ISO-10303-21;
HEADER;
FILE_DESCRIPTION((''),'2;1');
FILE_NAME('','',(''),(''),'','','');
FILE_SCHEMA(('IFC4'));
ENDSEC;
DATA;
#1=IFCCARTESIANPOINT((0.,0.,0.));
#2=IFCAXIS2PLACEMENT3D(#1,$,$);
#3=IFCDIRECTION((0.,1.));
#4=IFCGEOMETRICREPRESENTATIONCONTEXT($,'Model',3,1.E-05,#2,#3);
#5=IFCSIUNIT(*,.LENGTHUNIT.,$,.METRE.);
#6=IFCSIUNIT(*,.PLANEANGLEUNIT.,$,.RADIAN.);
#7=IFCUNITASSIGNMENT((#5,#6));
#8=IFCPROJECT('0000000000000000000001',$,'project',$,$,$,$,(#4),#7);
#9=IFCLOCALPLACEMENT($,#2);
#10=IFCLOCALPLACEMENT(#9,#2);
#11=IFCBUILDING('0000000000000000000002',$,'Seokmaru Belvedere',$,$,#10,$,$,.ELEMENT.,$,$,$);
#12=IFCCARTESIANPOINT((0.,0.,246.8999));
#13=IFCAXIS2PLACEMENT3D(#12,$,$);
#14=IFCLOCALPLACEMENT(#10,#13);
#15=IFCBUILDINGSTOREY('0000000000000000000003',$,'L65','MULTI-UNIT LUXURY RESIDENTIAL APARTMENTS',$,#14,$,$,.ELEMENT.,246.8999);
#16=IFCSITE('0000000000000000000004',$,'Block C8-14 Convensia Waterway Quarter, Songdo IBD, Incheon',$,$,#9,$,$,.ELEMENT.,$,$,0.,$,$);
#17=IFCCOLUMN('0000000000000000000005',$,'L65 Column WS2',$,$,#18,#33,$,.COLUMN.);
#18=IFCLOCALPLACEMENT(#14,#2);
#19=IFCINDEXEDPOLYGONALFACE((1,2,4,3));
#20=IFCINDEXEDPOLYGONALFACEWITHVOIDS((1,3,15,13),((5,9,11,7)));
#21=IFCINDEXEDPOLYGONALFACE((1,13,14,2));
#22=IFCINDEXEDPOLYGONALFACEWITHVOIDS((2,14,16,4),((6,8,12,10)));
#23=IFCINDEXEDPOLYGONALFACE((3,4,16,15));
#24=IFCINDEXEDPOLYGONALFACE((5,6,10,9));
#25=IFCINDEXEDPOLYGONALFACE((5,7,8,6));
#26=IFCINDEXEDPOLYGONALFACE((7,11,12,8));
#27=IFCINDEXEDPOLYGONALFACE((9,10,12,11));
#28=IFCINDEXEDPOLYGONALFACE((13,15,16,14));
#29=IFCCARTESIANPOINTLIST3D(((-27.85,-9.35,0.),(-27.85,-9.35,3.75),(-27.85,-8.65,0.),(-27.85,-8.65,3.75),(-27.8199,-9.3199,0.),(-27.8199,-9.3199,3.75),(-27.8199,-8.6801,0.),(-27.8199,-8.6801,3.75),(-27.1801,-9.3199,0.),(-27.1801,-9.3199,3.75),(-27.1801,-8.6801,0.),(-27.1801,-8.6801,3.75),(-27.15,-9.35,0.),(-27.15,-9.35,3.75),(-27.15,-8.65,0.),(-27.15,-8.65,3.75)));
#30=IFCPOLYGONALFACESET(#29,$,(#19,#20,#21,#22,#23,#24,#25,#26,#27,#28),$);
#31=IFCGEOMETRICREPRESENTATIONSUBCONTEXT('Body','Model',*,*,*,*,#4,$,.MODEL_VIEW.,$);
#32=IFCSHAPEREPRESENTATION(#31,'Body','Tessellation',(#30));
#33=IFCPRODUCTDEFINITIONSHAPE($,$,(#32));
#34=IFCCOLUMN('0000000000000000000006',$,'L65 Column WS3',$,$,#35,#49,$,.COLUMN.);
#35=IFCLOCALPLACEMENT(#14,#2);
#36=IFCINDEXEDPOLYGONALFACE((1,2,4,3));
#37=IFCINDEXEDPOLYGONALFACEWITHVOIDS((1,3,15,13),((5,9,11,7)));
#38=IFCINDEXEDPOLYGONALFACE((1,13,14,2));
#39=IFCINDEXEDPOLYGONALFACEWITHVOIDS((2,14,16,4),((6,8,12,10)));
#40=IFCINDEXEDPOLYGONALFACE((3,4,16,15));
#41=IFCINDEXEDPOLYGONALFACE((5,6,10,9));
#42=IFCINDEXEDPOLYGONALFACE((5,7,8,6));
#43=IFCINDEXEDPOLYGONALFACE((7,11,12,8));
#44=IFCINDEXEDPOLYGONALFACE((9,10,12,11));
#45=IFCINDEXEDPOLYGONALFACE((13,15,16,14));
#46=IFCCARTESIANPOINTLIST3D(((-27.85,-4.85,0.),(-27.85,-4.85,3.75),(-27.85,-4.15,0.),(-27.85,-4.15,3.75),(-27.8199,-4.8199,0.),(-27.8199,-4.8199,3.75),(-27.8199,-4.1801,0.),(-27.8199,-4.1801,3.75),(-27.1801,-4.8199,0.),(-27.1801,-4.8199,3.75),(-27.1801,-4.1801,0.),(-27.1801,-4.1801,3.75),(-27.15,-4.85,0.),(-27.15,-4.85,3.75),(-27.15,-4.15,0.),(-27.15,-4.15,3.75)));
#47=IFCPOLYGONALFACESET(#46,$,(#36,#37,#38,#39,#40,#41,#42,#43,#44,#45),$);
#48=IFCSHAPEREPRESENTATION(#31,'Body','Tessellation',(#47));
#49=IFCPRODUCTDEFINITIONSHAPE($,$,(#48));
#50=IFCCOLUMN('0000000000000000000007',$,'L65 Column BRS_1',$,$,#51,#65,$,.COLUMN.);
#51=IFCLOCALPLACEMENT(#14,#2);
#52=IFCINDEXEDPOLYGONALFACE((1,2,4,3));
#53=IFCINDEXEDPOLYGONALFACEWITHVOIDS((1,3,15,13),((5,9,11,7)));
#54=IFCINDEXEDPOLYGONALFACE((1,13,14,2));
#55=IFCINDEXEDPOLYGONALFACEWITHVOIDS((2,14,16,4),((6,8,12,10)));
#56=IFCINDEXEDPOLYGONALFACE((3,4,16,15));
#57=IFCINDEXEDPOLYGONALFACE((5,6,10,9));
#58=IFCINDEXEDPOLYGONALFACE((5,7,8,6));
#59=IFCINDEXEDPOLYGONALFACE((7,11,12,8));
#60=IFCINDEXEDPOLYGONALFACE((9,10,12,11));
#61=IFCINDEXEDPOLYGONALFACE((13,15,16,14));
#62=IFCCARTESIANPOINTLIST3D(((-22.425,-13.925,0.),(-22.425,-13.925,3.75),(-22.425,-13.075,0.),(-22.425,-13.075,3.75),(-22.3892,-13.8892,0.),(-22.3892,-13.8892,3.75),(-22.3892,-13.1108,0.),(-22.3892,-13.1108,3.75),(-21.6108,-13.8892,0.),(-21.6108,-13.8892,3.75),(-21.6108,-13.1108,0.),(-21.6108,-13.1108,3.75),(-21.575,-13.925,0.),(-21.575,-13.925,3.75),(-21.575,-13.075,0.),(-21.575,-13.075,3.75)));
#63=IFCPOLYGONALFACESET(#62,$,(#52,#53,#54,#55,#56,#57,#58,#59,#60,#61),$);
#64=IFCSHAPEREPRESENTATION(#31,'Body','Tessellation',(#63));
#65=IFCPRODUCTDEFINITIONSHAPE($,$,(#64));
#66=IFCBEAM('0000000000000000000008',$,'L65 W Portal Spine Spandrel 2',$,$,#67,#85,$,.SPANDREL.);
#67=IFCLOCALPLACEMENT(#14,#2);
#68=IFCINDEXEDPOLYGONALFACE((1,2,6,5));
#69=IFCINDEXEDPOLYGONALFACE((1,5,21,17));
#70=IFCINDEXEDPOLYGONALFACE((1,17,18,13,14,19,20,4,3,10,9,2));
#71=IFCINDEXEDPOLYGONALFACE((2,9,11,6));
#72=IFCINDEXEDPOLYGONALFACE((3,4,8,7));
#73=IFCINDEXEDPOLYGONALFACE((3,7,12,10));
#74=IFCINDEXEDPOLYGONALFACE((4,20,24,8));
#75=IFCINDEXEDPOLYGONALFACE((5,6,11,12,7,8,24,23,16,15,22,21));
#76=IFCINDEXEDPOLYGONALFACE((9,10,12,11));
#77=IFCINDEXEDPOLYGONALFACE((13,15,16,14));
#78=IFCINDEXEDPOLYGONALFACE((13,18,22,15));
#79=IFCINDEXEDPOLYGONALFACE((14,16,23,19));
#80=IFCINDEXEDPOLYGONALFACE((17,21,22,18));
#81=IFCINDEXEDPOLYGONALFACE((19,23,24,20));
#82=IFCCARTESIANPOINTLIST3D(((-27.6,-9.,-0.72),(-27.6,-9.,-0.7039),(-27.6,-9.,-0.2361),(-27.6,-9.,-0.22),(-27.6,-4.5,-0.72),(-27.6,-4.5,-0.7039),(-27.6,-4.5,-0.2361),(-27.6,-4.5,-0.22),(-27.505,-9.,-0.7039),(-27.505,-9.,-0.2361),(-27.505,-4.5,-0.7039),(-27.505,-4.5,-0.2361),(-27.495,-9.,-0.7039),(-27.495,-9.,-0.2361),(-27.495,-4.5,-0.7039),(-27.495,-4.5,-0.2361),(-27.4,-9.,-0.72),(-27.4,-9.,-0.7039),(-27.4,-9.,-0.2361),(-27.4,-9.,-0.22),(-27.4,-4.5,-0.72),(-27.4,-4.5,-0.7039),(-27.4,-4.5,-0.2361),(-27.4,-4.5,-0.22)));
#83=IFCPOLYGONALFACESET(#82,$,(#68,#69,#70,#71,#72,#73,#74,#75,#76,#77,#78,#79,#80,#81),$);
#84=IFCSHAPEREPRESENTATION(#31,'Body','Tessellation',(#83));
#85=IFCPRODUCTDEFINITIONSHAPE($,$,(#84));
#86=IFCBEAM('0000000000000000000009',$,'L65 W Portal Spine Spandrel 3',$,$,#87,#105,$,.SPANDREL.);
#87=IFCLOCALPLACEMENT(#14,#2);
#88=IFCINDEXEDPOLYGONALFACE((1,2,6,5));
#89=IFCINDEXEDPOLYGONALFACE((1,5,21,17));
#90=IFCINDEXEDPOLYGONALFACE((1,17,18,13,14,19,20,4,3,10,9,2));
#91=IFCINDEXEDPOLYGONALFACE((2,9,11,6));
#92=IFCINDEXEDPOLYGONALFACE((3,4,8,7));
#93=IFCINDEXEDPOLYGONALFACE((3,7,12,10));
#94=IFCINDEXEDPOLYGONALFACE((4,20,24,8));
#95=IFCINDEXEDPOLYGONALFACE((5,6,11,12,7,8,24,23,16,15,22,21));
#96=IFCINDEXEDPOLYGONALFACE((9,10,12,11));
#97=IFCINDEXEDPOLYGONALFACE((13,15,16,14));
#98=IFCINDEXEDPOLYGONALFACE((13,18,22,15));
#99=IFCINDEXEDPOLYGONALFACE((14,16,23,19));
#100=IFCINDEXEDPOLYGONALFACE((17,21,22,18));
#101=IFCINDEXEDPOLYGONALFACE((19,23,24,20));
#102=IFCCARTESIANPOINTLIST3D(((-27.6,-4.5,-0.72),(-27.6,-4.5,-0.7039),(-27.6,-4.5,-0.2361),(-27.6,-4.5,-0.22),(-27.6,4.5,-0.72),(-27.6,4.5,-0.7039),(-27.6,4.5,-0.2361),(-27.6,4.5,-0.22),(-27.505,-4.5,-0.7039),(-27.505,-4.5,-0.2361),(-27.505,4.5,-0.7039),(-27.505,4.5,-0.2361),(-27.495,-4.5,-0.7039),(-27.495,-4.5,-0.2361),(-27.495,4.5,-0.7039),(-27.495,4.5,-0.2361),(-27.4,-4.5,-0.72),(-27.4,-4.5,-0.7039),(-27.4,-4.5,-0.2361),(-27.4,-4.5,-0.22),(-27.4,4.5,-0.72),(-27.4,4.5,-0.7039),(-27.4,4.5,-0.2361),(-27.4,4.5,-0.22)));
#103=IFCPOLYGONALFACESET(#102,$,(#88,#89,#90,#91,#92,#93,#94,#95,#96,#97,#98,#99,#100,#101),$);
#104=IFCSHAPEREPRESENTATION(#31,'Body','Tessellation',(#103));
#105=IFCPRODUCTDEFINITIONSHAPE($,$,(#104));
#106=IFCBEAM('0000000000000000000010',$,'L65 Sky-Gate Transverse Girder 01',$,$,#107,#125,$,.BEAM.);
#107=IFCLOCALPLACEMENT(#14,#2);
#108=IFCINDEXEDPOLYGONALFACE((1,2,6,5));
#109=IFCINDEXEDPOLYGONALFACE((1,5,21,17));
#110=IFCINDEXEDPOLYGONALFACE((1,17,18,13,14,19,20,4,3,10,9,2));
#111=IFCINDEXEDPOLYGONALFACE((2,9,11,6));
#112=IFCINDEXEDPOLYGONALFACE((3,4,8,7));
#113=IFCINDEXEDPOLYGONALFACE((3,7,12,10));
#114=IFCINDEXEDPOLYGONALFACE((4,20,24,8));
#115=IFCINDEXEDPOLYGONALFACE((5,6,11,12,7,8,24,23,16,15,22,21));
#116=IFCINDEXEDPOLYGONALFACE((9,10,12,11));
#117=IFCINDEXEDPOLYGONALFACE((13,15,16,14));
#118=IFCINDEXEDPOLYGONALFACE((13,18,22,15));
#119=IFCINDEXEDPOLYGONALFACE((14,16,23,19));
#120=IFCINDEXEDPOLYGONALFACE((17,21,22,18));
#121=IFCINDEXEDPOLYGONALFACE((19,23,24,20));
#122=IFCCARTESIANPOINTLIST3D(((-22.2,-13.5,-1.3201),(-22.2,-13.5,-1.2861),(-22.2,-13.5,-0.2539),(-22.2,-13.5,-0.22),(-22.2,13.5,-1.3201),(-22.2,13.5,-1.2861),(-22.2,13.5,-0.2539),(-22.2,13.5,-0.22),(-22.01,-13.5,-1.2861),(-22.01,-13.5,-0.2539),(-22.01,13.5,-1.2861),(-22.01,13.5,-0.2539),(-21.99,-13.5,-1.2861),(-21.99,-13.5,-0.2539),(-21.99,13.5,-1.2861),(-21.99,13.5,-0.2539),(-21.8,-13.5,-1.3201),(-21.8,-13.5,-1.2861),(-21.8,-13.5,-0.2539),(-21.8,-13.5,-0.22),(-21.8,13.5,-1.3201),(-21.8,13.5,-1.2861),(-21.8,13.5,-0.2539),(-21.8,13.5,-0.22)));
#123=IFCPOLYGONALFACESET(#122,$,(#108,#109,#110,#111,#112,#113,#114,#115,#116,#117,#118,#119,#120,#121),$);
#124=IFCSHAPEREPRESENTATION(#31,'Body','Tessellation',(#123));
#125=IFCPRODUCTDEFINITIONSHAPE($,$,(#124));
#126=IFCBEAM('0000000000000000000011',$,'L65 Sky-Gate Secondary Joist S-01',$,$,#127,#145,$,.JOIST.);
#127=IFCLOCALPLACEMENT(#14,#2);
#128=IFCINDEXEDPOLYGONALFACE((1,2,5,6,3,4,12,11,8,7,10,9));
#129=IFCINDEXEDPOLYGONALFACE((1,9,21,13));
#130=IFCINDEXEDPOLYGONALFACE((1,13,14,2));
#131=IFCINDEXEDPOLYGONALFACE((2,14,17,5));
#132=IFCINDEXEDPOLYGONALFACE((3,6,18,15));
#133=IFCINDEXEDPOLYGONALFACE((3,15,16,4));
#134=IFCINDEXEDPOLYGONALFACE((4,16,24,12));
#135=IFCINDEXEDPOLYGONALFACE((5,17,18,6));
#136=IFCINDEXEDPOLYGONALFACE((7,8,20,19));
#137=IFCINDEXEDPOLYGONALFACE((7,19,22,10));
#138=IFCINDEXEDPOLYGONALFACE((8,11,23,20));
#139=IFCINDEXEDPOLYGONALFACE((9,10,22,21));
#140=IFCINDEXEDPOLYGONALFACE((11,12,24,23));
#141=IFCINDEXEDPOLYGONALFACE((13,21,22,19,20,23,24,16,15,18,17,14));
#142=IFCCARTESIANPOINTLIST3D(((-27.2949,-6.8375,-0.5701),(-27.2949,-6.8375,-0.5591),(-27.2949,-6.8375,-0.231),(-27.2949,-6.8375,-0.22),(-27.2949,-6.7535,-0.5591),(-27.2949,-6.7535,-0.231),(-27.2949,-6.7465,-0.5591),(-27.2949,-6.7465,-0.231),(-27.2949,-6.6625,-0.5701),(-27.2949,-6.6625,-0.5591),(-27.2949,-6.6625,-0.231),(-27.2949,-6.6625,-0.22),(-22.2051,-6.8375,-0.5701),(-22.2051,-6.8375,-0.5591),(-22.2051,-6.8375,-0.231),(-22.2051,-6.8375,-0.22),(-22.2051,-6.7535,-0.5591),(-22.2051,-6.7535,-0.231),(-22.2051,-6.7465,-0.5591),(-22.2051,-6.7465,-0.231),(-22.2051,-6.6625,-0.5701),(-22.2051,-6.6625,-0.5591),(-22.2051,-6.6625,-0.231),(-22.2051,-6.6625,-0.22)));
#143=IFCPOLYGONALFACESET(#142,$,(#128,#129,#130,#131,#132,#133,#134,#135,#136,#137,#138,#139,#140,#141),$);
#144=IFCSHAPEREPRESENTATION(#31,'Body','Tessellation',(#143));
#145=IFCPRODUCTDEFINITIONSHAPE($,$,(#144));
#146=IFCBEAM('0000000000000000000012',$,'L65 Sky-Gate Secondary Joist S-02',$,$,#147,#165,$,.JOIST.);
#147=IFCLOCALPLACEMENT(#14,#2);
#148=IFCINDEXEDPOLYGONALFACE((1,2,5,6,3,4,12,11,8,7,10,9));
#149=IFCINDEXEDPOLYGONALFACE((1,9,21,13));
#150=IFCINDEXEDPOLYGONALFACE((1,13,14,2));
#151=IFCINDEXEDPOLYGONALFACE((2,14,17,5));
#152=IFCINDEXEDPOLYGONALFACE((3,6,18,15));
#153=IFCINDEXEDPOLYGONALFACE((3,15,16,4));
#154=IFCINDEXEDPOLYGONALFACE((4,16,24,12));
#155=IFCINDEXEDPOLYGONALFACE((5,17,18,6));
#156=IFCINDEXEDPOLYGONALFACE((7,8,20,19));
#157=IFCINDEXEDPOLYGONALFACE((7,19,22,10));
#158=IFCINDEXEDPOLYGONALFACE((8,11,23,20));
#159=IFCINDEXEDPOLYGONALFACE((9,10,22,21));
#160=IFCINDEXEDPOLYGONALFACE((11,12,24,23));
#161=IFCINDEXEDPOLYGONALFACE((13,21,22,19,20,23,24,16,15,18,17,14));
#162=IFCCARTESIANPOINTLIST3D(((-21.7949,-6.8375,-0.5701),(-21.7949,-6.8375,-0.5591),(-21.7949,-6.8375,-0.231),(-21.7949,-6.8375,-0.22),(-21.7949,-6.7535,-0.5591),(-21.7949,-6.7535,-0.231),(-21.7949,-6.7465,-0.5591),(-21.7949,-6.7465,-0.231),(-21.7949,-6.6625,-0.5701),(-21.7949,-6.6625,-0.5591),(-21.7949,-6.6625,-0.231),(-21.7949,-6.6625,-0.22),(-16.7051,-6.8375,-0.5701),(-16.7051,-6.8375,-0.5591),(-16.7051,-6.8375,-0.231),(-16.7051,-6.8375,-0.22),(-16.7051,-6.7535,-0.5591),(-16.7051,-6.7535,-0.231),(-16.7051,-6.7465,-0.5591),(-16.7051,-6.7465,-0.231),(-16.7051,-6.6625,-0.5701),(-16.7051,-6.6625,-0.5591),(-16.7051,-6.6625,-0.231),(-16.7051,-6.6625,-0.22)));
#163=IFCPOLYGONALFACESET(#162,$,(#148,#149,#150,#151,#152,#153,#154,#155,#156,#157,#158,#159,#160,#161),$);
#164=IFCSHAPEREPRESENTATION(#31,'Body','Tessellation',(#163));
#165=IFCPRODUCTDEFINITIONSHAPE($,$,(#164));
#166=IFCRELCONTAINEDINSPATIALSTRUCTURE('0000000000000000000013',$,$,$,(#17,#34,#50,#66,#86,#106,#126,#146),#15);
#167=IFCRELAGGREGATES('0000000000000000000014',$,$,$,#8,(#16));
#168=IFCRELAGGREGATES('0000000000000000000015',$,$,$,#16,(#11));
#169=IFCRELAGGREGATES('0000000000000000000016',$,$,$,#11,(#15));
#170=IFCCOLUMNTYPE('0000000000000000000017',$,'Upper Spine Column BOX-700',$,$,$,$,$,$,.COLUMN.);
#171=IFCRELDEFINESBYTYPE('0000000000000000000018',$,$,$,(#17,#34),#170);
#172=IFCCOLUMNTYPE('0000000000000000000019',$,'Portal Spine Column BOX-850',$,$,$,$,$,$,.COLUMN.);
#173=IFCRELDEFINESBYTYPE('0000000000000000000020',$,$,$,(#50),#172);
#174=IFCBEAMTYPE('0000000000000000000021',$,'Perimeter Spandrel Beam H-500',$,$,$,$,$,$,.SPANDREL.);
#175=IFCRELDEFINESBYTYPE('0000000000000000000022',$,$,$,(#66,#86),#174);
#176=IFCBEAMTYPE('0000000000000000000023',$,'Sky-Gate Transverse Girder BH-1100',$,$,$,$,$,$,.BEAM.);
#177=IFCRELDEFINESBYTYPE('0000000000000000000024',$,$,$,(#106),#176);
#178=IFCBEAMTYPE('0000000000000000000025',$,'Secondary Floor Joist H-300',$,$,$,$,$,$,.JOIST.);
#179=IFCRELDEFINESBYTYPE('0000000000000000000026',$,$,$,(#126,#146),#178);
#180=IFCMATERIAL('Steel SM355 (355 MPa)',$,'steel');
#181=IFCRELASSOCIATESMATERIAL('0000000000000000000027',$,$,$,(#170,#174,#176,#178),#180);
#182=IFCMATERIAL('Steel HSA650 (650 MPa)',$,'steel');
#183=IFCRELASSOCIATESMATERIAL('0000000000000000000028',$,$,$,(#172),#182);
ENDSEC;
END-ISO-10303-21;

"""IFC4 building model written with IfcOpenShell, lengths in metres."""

from ifc_helpers import new_model, si_unit, direction, frame, origin, origin_2d, place, context, subcontext, project, spatial, hollow_rectangle, i_section, extrude, source, transform, mapped, material, material_profile, profile_set, type_object, type_shapes, element, save


model = new_model("IFC4")

# Units and contexts
model_context = context("Model", 3, precision=1e-05, world=origin(), true_north=direction((0.0, 1.0)))
body_context = subcontext(model_context, "Body", "Model", "MODEL_VIEW")
ifc_project = project(units=[si_unit("LENGTHUNIT", "METRE"), si_unit("PLANEANGLEUNIT", "RADIAN")], contexts=[model_context])

# Site, building, storey
site_placement = place(None, origin())
site = spatial("IfcSite", under=ifc_project, at=site_placement, Name="Block C8-14 Convensia Waterway Quarter, Songdo IBD, Incheon", CompositionType="ELEMENT", RefElevation=0.0)
building_placement = place(site_placement, origin())
building = spatial("IfcBuilding", under=site, at=building_placement, Name="Seokmaru Belvedere", CompositionType="ELEMENT")
storey_placement = place(building_placement, frame((0.0, 0.0, 246.8999)))
storey = spatial("IfcBuildingStorey", under=building, at=storey_placement, Name="L65", Description="MULTI-UNIT LUXURY RESIDENTIAL APARTMENTS", CompositionType="ELEMENT", Elevation=246.8999)

# Columns
ifc_material_1 = material(Name="Steel SM355 (355 MPa)", Category="steel")
ifc_material_profile_1 = material_profile(ifc_material_1, hollow_rectangle(XDim=0.7, YDim=0.7, WallThickness=0.03, at=origin_2d()), Name="BOX-700x700x30")
ifc_profile_set_1 = profile_set([ifc_material_profile_1], Name="Steel SM355 (355 MPa)")
column_type_1 = type_object("IfcColumnType", Name="Upper Spine Column BOX-700", PredefinedType="COLUMN", material=ifc_profile_set_1)
shared_shape_1 = source(origin(), body_context, "Body", "SweptSolid", [
    extrude(hollow_rectangle(XDim=0.7, YDim=0.7, WallThickness=0.03, at=origin_2d()), origin(), (0.0, 0.0, 1.0), 3.75),
])
type_shapes(column_type_1, [shared_shape_1])
for number, where, z_axis, x_axis, name in (
    (1, (-27.5, -9.0, 0.0), (0.0, 0.0, 1.0), (1.0, 0.0, 0.0), "L65 Column WS2"),
    (2, (-27.5, -4.5, 0.0), (0.0, 0.0, 1.0), (1.0, 0.0, 0.0), "L65 Column WS3"),
):
    element("IfcColumn", number, at=place(storey_placement, frame(where, z_axis=z_axis, x_axis=x_axis)), inside=storey, type_object=column_type_1, Name=name, PredefinedType="COLUMN", context=body_context, shape_type="MappedRepresentation", body=[
        mapped(shared_shape_1, transform((0.0, 0.0, 0.0), scale=1.0)),
    ])
ifc_material_2 = material(Name="Steel HSA650 (650 MPa)", Category="steel")
ifc_material_profile_2 = material_profile(ifc_material_2, hollow_rectangle(XDim=0.8501, YDim=0.8501, WallThickness=0.0359, at=origin_2d()), Name="BOX-850x850x36")
ifc_profile_set_2 = profile_set([ifc_material_profile_2], Name="Steel HSA650 (650 MPa)")
column_type_2 = type_object("IfcColumnType", Name="Portal Spine Column BOX-850", PredefinedType="COLUMN", material=ifc_profile_set_2)
shared_shape_2 = source(origin(), body_context, "Body", "SweptSolid", [
    extrude(hollow_rectangle(XDim=0.8501, YDim=0.8501, WallThickness=0.0359, at=origin_2d()), origin(), (0.0, 0.0, 1.0), 3.75),
])
type_shapes(column_type_2, [shared_shape_2])
column_placement = place(storey_placement, frame((-22.0, -13.5, 0.0), z_axis=(0.0, 0.0, 1.0), x_axis=(1.0, 0.0, 0.0)))
element("IfcColumn", 3, at=column_placement, inside=storey, type_object=column_type_2, Name="L65 Column BRS_1", PredefinedType="COLUMN", context=body_context, shape_type="MappedRepresentation", body=[
    mapped(shared_shape_2, transform((0.0, 0.0, 0.0), scale=1.0)),
])

# Beams
ifc_material_profile_3 = material_profile(ifc_material_1, i_section(OverallWidth=0.2, OverallDepth=0.5, WebThickness=0.01, FlangeThickness=0.0161, at=origin_2d()), Name="H-500x200x10x16")
ifc_profile_set_3 = profile_set([ifc_material_profile_3], Name="Steel SM355 (355 MPa)")
beam_type_1 = type_object("IfcBeamType", Name="Perimeter Spandrel Beam H-500", PredefinedType="SPANDREL", material=ifc_profile_set_3)
shared_shape_3 = source(origin(), body_context, "Body", "SweptSolid", [
    extrude(i_section(OverallWidth=0.2, OverallDepth=0.5, WebThickness=0.01, FlangeThickness=0.0161, at=origin_2d()), origin(), (0.0, 0.0, 1.0), 4.5),
])
beam_1_placement = place(storey_placement, frame((-27.5, -9.0, -0.47), z_axis=(0.0, 1.0, 0.0), x_axis=(-1.0, 0.0, 0.0)))
element("IfcBeam", 4, at=beam_1_placement, inside=storey, type_object=beam_type_1, Name="L65 W Portal Spine Spandrel 2", PredefinedType="SPANDREL", context=body_context, shape_type="MappedRepresentation", body=[
    mapped(shared_shape_3, transform((0.0, 0.0, 0.0), scale=1.0)),
])
shared_shape_4 = source(origin(), body_context, "Body", "SweptSolid", [
    extrude(i_section(OverallWidth=0.2, OverallDepth=0.5, WebThickness=0.01, FlangeThickness=0.0161, at=origin_2d()), origin(), (0.0, 0.0, 1.0), 9.0),
])
type_shapes(beam_type_1, [shared_shape_3, shared_shape_4])
beam_2_placement = place(storey_placement, frame((-27.5, -4.5, -0.47), z_axis=(0.0, 1.0, 0.0), x_axis=(-1.0, 0.0, 0.0)))
element("IfcBeam", 5, at=beam_2_placement, inside=storey, type_object=beam_type_1, Name="L65 W Portal Spine Spandrel 3", PredefinedType="SPANDREL", context=body_context, shape_type="MappedRepresentation", body=[
    mapped(shared_shape_4, transform((0.0, 0.0, 0.0), scale=1.0)),
])
ifc_material_profile_4 = material_profile(ifc_material_1, i_section(OverallWidth=0.3999, OverallDepth=1.1001, WebThickness=0.02, FlangeThickness=0.0339, at=origin_2d()), Name="BH-1100x400x20x34")
ifc_profile_set_4 = profile_set([ifc_material_profile_4], Name="Steel SM355 (355 MPa)")
beam_type_2 = type_object("IfcBeamType", Name="Sky-Gate Transverse Girder BH-1100", PredefinedType="BEAM", material=ifc_profile_set_4)
shared_shape_5 = source(origin(), body_context, "Body", "SweptSolid", [
    extrude(i_section(OverallWidth=0.3999, OverallDepth=1.1001, WebThickness=0.02, FlangeThickness=0.0339, at=origin_2d()), origin(), (0.0, 0.0, 1.0), 27.0),
])
type_shapes(beam_type_2, [shared_shape_5])
beam_3_placement = place(storey_placement, frame((-22.0, -13.5, -0.77), z_axis=(0.0, 1.0, 0.0), x_axis=(-1.0, 0.0, 0.0)))
element("IfcBeam", 6, at=beam_3_placement, inside=storey, type_object=beam_type_2, Name="L65 Sky-Gate Transverse Girder 01", PredefinedType="BEAM", context=body_context, shape_type="MappedRepresentation", body=[
    mapped(shared_shape_5, transform((0.0, 0.0, 0.0), scale=1.0)),
])
ifc_material_profile_5 = material_profile(ifc_material_1, i_section(OverallWidth=0.175, OverallDepth=0.3501, WebThickness=0.0071, FlangeThickness=0.011, at=origin_2d()), Name="H-350x175x7x11")
ifc_profile_set_5 = profile_set([ifc_material_profile_5], Name="Steel SM355 (355 MPa)")
beam_type_3 = type_object("IfcBeamType", Name="Secondary Floor Joist H-300", PredefinedType="JOIST", material=ifc_profile_set_5)
shared_shape_6 = source(origin(), body_context, "Body", "SweptSolid", [
    extrude(i_section(OverallWidth=0.175, OverallDepth=0.3501, WebThickness=0.0071, FlangeThickness=0.011, at=origin_2d()), origin(), (0.0, 0.0, 1.0), 5.0898),
])
type_shapes(beam_type_3, [shared_shape_6])
for number, where, z_axis, x_axis, name in (
    (7, (-27.2949, -6.75, -0.395), (1.0, 0.0, 0.0), (0.0, 1.0, 0.0), "L65 Sky-Gate Secondary Joist S-01"),
    (8, (-21.7949, -6.75, -0.395), (1.0, 0.0, 0.0), (0.0, 1.0, 0.0), "L65 Sky-Gate Secondary Joist S-02"),
):
    element("IfcBeam", number, at=place(storey_placement, frame(where, z_axis=z_axis, x_axis=x_axis)), inside=storey, type_object=beam_type_3, Name=name, PredefinedType="JOIST", context=body_context, shape_type="MappedRepresentation", body=[
        mapped(shared_shape_6, transform((0.0, 0.0, 0.0), scale=1.0)),
    ])

save(model, "model.ifc")
